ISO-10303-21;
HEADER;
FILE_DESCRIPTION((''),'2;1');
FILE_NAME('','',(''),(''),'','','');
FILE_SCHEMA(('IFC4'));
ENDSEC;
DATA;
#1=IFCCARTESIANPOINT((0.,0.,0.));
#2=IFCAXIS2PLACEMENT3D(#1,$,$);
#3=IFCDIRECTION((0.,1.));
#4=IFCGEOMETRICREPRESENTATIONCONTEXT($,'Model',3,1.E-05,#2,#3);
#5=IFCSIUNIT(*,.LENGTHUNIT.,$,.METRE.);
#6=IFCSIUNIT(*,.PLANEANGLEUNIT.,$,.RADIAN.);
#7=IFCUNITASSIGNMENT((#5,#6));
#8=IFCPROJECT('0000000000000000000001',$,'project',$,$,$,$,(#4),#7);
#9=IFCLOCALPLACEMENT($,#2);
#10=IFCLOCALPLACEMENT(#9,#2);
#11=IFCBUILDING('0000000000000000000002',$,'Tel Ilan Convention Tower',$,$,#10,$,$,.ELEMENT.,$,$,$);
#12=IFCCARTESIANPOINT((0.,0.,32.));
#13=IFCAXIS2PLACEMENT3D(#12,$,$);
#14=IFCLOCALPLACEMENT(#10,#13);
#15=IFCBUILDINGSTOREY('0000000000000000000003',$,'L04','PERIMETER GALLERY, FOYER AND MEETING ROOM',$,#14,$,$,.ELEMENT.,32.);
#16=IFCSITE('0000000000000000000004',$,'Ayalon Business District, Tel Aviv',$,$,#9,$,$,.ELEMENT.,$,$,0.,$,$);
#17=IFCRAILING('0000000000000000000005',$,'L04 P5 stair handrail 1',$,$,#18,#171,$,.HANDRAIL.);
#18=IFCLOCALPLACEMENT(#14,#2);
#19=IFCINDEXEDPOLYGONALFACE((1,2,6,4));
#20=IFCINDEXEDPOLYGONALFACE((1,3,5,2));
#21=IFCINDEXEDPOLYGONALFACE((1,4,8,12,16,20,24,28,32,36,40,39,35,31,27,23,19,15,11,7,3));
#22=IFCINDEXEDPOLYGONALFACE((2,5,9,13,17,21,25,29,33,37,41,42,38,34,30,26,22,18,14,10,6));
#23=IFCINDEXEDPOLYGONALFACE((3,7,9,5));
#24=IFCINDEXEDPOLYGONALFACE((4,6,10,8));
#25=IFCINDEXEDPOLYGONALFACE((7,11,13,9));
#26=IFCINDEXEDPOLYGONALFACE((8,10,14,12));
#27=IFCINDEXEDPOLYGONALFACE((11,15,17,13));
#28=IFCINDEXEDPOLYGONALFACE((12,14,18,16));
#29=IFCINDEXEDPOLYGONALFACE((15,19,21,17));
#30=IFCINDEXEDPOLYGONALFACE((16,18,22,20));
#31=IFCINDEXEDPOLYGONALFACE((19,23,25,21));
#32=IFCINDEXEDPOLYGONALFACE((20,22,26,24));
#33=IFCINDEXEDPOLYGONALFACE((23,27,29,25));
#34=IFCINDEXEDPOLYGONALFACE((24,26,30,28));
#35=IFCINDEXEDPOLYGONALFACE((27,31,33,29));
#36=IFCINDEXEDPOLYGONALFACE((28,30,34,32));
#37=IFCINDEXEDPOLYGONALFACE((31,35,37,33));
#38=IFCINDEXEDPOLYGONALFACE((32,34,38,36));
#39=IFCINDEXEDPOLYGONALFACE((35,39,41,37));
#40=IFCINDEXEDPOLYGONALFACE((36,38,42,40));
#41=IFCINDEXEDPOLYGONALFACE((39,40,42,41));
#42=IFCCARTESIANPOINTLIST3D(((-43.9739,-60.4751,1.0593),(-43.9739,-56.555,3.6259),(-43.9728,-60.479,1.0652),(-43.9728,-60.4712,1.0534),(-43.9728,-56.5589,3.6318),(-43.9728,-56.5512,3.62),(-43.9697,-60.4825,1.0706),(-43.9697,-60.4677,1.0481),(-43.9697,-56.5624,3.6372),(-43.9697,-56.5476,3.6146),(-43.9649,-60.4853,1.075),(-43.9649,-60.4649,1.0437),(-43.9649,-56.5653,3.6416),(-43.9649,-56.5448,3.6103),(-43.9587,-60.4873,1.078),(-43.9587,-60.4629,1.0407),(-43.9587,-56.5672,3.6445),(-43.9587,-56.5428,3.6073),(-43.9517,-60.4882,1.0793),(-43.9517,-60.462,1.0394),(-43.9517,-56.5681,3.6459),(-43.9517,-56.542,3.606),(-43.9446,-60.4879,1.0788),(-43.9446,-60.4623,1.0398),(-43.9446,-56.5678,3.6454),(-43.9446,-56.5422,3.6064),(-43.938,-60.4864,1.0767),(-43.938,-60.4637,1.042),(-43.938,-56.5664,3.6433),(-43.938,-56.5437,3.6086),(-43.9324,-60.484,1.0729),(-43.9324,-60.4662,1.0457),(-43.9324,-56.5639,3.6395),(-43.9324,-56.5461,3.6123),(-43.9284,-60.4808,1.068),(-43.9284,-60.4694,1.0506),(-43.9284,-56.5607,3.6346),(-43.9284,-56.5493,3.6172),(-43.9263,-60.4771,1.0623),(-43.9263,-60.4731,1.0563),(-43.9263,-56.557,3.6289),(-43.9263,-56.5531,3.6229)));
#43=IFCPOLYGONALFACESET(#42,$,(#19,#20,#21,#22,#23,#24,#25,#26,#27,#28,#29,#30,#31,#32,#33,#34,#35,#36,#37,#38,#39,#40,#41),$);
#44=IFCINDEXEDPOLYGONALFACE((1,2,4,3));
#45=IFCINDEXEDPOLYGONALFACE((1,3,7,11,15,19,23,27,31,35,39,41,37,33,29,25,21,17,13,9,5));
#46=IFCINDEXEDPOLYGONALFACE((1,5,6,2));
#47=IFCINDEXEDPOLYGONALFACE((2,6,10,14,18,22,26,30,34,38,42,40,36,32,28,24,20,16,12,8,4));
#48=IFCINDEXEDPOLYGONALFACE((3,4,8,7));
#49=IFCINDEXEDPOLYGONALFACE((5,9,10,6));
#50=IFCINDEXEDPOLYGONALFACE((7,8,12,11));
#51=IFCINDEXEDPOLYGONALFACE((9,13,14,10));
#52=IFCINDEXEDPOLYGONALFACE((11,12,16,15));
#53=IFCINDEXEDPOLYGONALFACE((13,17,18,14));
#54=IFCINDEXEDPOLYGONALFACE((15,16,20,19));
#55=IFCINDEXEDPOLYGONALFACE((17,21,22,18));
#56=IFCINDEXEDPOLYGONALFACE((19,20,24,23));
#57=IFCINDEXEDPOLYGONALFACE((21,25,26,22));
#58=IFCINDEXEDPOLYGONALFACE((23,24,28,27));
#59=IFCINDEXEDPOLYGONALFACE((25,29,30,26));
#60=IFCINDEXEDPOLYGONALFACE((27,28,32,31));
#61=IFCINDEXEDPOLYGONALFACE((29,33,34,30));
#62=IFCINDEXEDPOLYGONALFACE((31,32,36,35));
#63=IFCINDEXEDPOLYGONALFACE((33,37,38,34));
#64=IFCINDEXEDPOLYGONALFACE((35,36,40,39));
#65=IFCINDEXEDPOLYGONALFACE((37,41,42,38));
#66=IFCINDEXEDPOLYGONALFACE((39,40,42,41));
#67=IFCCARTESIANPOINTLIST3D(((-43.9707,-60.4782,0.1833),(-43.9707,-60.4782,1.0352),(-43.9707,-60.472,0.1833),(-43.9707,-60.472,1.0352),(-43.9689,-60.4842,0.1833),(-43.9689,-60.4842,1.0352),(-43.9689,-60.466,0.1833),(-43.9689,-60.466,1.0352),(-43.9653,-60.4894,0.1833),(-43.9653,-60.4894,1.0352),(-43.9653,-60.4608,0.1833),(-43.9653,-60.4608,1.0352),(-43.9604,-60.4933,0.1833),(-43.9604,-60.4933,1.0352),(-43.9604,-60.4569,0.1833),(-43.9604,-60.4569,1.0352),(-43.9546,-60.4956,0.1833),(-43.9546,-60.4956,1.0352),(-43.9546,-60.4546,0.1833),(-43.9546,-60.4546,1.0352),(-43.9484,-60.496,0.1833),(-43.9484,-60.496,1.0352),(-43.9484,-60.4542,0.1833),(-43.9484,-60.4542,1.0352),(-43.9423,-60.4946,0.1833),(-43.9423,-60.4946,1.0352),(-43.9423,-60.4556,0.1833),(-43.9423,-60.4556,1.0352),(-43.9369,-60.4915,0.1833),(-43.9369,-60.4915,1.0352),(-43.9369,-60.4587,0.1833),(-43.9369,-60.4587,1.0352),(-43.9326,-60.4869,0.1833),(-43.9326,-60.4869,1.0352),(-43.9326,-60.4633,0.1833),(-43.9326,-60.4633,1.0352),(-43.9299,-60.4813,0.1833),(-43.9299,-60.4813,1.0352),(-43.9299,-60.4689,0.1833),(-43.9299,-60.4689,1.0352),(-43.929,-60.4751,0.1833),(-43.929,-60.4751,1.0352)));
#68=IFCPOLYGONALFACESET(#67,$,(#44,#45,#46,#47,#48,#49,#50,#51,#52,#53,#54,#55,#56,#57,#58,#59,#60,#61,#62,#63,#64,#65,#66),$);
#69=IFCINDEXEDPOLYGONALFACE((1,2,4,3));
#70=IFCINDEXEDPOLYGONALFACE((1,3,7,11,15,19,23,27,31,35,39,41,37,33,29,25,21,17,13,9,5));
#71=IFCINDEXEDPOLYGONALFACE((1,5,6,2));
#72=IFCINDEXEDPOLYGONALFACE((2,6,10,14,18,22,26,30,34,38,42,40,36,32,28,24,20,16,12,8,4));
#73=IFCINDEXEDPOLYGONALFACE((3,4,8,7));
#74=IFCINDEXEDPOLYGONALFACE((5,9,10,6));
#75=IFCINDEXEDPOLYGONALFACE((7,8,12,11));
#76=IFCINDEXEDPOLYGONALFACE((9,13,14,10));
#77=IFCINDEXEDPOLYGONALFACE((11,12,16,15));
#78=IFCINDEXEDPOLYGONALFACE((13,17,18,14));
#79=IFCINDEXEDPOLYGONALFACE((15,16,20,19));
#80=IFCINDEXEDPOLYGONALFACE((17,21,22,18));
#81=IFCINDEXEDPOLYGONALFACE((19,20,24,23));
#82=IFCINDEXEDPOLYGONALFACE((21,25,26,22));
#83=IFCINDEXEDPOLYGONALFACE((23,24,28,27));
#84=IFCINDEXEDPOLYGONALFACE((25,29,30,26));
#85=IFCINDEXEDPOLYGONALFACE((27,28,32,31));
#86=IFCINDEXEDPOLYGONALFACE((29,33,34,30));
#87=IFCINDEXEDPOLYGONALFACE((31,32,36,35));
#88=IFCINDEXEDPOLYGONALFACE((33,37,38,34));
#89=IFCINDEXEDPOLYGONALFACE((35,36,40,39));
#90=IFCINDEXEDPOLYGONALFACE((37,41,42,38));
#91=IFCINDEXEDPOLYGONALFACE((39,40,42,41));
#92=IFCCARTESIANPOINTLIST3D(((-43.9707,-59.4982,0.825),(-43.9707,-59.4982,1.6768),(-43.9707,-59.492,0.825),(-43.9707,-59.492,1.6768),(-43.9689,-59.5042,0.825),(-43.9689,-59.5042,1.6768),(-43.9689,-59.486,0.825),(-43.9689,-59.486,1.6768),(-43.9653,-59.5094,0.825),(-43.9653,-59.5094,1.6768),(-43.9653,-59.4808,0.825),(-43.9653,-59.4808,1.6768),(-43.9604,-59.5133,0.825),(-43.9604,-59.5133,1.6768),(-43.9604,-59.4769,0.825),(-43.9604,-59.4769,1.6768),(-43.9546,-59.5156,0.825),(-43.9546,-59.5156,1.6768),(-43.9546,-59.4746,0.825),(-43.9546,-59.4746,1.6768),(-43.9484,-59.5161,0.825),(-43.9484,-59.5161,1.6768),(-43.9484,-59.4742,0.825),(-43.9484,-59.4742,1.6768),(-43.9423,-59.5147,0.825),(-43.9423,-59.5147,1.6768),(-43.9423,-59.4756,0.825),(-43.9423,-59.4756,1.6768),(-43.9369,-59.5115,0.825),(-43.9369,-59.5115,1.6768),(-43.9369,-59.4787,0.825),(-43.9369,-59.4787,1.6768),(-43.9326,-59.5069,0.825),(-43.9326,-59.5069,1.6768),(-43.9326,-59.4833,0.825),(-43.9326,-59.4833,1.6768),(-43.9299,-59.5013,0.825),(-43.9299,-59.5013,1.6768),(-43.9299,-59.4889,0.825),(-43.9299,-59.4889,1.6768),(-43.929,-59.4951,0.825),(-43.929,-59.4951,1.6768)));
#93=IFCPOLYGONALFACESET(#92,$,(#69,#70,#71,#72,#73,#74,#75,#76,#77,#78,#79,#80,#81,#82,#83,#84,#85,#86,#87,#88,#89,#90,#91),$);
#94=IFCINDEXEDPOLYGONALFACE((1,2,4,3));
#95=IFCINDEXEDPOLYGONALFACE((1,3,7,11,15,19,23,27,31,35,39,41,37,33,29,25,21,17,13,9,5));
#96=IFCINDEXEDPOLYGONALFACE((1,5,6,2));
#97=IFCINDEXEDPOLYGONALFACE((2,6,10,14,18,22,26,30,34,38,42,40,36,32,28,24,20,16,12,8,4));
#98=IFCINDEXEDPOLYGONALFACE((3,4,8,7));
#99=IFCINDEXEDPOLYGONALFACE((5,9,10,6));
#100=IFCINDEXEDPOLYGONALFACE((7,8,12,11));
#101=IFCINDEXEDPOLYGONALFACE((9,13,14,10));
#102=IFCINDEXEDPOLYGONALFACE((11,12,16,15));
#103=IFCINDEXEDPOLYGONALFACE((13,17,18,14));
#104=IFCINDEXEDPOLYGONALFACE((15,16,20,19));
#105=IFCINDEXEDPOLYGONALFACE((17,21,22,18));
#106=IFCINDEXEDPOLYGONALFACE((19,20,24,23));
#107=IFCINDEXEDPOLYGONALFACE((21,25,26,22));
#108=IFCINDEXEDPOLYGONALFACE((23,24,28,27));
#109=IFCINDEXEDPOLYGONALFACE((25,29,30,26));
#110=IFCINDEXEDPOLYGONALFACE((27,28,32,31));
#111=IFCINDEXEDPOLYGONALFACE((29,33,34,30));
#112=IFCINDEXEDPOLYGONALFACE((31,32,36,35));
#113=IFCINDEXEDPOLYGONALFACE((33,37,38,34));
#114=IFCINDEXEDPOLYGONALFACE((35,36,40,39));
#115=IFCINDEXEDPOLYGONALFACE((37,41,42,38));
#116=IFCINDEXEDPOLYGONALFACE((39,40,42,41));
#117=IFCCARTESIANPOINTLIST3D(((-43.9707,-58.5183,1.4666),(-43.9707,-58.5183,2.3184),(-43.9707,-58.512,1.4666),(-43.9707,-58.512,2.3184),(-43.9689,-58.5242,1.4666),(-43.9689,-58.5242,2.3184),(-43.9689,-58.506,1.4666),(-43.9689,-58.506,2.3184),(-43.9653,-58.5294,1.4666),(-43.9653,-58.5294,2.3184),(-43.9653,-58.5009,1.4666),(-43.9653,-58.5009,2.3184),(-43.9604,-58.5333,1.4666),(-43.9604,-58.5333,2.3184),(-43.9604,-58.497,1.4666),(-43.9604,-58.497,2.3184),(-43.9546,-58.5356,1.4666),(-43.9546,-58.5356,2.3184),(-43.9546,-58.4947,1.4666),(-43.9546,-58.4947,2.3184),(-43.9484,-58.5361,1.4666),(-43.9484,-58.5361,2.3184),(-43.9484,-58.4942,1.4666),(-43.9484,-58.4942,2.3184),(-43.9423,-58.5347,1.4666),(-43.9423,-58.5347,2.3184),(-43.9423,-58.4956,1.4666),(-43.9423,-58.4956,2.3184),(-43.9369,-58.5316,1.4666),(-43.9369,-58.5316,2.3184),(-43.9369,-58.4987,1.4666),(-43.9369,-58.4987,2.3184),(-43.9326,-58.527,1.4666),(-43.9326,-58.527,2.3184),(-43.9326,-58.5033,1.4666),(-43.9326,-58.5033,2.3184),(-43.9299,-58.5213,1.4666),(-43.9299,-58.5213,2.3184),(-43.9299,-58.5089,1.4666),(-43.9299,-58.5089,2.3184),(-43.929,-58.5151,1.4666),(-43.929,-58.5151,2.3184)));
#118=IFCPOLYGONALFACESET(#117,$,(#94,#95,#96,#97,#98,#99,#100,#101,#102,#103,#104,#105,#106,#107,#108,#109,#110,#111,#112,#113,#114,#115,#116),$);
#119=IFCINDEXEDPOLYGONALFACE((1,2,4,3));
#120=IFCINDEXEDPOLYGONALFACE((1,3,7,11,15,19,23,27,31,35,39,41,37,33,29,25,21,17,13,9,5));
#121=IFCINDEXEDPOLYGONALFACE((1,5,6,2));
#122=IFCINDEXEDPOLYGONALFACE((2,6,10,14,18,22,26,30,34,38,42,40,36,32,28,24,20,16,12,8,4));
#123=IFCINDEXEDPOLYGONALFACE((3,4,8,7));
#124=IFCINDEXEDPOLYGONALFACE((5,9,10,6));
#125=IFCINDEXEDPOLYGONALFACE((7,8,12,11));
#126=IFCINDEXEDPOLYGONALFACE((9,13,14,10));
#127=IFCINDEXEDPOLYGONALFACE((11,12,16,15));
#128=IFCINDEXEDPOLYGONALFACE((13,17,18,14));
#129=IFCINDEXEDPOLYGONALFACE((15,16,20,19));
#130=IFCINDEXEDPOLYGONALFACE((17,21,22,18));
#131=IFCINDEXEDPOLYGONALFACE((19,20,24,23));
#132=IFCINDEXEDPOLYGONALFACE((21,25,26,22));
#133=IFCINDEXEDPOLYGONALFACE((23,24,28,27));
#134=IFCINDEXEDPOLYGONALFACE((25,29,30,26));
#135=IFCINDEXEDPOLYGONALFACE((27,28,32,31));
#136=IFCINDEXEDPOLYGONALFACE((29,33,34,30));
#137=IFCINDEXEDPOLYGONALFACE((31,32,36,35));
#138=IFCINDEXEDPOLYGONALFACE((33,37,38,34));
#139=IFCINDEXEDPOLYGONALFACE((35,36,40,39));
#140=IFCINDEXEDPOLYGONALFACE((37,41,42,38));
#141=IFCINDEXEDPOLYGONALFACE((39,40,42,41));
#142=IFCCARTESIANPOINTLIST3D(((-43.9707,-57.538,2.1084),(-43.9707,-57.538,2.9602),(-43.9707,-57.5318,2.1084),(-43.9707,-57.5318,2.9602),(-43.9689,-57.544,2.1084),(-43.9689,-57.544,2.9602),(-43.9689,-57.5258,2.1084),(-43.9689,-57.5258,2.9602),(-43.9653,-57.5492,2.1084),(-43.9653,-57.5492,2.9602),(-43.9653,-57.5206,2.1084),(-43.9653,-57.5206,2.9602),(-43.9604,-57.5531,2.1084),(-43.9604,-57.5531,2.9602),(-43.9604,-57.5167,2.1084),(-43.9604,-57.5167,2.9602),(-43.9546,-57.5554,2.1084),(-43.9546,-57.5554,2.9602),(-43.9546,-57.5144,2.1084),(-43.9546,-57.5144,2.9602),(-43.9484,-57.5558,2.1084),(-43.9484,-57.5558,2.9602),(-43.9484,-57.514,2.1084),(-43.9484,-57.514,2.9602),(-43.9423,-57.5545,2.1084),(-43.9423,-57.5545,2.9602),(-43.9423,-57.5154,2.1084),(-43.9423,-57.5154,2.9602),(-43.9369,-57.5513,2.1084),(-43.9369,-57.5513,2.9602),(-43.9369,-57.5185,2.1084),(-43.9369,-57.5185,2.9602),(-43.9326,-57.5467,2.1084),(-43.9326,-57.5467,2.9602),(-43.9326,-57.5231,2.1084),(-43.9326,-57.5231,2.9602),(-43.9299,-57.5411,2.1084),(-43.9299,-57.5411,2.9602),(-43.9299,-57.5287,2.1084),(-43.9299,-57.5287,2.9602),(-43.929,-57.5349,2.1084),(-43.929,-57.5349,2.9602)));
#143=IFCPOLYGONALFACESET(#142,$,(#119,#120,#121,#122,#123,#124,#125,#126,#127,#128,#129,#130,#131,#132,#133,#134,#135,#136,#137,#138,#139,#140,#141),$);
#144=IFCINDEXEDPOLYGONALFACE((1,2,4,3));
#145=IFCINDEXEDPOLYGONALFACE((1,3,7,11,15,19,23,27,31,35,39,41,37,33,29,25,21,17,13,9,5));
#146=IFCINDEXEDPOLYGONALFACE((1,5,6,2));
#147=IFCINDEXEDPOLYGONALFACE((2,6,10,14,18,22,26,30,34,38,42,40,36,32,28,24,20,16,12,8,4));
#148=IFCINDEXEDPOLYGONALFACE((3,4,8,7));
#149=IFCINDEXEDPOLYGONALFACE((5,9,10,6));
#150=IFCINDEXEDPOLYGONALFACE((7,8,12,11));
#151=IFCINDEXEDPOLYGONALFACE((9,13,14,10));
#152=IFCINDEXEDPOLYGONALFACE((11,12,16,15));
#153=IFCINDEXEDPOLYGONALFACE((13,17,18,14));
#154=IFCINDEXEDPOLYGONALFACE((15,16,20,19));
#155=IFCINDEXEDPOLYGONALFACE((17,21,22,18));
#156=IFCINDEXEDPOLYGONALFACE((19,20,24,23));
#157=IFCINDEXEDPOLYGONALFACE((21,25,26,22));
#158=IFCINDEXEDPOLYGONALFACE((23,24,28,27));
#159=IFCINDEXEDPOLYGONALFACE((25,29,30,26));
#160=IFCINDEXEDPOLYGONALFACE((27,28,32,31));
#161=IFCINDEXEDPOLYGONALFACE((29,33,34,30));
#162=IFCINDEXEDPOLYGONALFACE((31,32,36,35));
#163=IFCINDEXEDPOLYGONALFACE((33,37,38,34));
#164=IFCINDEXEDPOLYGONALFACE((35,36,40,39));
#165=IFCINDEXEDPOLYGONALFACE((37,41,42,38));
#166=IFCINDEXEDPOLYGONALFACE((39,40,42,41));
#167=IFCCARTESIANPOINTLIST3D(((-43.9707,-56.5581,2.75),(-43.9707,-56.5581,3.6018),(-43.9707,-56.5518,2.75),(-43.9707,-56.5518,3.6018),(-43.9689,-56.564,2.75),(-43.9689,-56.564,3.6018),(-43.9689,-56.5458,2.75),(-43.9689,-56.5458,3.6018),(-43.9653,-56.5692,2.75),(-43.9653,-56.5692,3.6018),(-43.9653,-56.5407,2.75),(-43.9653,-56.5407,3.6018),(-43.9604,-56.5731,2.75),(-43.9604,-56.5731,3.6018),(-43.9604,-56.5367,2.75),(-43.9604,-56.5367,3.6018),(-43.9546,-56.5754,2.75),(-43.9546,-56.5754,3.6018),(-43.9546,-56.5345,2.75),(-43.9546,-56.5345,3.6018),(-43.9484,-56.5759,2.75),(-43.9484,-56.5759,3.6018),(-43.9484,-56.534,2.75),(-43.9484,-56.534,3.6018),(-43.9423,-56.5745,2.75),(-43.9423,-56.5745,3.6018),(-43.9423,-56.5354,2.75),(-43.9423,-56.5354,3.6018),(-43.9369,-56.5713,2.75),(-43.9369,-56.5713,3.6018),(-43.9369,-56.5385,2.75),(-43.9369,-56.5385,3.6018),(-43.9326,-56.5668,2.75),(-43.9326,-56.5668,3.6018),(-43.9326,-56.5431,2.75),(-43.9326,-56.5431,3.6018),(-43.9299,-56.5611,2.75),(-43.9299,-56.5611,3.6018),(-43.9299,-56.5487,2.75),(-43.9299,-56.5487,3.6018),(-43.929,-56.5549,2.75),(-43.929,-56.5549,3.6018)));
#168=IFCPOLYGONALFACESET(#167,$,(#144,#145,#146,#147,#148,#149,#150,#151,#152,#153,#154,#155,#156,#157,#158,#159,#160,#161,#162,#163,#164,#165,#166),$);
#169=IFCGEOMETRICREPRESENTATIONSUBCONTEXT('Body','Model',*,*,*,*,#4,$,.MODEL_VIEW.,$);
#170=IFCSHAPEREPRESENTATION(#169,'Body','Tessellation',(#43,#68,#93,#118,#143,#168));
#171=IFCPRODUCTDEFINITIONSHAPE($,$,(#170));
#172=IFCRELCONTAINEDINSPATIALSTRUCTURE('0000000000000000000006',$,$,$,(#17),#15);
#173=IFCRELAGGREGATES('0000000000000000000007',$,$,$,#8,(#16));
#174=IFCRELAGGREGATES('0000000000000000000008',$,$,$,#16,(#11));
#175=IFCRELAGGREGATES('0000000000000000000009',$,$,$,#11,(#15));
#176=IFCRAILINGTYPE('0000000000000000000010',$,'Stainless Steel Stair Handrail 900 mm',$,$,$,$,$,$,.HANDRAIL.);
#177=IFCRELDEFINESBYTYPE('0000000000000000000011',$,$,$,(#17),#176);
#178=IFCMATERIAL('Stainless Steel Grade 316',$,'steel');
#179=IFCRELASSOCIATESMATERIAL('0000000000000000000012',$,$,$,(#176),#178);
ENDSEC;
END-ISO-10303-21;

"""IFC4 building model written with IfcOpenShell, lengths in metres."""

from ifc_helpers import new_model, si_unit, direction, frame, origin, origin_2d, place, context, subcontext, project, spatial, circle, extrude, material, type_object, element, save


model = new_model("IFC4")

# Units and contexts
model_context = context("Model", 3, precision=1e-05, world=origin(), true_north=direction((0.0, 1.0)))
body_context = subcontext(model_context, "Body", "Model", "MODEL_VIEW")
ifc_project = project(units=[si_unit("LENGTHUNIT", "METRE"), si_unit("PLANEANGLEUNIT", "RADIAN")], contexts=[model_context])

# Site, building, storey
site_placement = place(None, origin())
site = spatial("IfcSite", under=ifc_project, at=site_placement, Name="Ayalon Business District, Tel Aviv", CompositionType="ELEMENT", RefElevation=0.0)
building_placement = place(site_placement, origin())
building = spatial("IfcBuilding", under=site, at=building_placement, Name="Tel Ilan Convention Tower", CompositionType="ELEMENT")
storey_placement = place(building_placement, frame((0.0, 0.0, 32.0)))
storey = spatial("IfcBuildingStorey", under=building, at=storey_placement, Name="L04", Description="PERIMETER GALLERY, FOYER AND MEETING ROOM", CompositionType="ELEMENT", Elevation=32.0)

# Railing
ifc_material_1 = material(Name="Stainless Steel Grade 316", Category="steel")
railing_type_1 = type_object("IfcRailingType", Name="Stainless Steel Stair Handrail 900 mm", PredefinedType="HANDRAIL", material=ifc_material_1)
railing_1_placement = place(storey_placement, frame((-43.95, -60.4751, 0.1833)))
element("IfcRailing", 1, at=railing_1_placement, inside=storey, type_object=railing_type_1, Name="L04 P5 stair handrail 1", PredefinedType="HANDRAIL", context=body_context, shape_type="SweptSolid", body=[
    extrude(circle(Radius=0.0239, at=origin_2d()), frame((0.0, 0.0, 0.876), z_axis=(0.0, 0.836631, 0.547767), x_axis=(-1.0, 0.0, 0.0)), (0.0, 0.0, 1.0), 4.6855),
    extrude(circle(Radius=0.021, at=origin_2d()), origin(), (0.0, 0.0, 1.0), 0.8518),
    extrude(circle(Radius=0.021, at=origin_2d()), frame((0.0, 0.98, 0.6416)), (0.0, 0.0, 1.0), 0.8518),
    extrude(circle(Radius=0.021, at=origin_2d()), frame((0.0, 1.96, 1.2832)), (0.0, 0.0, 1.0), 0.8518),
    extrude(circle(Radius=0.021, at=origin_2d()), frame((0.0, 2.9402, 1.925)), (0.0, 0.0, 1.0), 0.8518),
    extrude(circle(Radius=0.021, at=origin_2d()), frame((0.0, 3.9202, 2.5667)), (0.0, 0.0, 1.0), 0.8518),
])

save(model, "model.ifc")
